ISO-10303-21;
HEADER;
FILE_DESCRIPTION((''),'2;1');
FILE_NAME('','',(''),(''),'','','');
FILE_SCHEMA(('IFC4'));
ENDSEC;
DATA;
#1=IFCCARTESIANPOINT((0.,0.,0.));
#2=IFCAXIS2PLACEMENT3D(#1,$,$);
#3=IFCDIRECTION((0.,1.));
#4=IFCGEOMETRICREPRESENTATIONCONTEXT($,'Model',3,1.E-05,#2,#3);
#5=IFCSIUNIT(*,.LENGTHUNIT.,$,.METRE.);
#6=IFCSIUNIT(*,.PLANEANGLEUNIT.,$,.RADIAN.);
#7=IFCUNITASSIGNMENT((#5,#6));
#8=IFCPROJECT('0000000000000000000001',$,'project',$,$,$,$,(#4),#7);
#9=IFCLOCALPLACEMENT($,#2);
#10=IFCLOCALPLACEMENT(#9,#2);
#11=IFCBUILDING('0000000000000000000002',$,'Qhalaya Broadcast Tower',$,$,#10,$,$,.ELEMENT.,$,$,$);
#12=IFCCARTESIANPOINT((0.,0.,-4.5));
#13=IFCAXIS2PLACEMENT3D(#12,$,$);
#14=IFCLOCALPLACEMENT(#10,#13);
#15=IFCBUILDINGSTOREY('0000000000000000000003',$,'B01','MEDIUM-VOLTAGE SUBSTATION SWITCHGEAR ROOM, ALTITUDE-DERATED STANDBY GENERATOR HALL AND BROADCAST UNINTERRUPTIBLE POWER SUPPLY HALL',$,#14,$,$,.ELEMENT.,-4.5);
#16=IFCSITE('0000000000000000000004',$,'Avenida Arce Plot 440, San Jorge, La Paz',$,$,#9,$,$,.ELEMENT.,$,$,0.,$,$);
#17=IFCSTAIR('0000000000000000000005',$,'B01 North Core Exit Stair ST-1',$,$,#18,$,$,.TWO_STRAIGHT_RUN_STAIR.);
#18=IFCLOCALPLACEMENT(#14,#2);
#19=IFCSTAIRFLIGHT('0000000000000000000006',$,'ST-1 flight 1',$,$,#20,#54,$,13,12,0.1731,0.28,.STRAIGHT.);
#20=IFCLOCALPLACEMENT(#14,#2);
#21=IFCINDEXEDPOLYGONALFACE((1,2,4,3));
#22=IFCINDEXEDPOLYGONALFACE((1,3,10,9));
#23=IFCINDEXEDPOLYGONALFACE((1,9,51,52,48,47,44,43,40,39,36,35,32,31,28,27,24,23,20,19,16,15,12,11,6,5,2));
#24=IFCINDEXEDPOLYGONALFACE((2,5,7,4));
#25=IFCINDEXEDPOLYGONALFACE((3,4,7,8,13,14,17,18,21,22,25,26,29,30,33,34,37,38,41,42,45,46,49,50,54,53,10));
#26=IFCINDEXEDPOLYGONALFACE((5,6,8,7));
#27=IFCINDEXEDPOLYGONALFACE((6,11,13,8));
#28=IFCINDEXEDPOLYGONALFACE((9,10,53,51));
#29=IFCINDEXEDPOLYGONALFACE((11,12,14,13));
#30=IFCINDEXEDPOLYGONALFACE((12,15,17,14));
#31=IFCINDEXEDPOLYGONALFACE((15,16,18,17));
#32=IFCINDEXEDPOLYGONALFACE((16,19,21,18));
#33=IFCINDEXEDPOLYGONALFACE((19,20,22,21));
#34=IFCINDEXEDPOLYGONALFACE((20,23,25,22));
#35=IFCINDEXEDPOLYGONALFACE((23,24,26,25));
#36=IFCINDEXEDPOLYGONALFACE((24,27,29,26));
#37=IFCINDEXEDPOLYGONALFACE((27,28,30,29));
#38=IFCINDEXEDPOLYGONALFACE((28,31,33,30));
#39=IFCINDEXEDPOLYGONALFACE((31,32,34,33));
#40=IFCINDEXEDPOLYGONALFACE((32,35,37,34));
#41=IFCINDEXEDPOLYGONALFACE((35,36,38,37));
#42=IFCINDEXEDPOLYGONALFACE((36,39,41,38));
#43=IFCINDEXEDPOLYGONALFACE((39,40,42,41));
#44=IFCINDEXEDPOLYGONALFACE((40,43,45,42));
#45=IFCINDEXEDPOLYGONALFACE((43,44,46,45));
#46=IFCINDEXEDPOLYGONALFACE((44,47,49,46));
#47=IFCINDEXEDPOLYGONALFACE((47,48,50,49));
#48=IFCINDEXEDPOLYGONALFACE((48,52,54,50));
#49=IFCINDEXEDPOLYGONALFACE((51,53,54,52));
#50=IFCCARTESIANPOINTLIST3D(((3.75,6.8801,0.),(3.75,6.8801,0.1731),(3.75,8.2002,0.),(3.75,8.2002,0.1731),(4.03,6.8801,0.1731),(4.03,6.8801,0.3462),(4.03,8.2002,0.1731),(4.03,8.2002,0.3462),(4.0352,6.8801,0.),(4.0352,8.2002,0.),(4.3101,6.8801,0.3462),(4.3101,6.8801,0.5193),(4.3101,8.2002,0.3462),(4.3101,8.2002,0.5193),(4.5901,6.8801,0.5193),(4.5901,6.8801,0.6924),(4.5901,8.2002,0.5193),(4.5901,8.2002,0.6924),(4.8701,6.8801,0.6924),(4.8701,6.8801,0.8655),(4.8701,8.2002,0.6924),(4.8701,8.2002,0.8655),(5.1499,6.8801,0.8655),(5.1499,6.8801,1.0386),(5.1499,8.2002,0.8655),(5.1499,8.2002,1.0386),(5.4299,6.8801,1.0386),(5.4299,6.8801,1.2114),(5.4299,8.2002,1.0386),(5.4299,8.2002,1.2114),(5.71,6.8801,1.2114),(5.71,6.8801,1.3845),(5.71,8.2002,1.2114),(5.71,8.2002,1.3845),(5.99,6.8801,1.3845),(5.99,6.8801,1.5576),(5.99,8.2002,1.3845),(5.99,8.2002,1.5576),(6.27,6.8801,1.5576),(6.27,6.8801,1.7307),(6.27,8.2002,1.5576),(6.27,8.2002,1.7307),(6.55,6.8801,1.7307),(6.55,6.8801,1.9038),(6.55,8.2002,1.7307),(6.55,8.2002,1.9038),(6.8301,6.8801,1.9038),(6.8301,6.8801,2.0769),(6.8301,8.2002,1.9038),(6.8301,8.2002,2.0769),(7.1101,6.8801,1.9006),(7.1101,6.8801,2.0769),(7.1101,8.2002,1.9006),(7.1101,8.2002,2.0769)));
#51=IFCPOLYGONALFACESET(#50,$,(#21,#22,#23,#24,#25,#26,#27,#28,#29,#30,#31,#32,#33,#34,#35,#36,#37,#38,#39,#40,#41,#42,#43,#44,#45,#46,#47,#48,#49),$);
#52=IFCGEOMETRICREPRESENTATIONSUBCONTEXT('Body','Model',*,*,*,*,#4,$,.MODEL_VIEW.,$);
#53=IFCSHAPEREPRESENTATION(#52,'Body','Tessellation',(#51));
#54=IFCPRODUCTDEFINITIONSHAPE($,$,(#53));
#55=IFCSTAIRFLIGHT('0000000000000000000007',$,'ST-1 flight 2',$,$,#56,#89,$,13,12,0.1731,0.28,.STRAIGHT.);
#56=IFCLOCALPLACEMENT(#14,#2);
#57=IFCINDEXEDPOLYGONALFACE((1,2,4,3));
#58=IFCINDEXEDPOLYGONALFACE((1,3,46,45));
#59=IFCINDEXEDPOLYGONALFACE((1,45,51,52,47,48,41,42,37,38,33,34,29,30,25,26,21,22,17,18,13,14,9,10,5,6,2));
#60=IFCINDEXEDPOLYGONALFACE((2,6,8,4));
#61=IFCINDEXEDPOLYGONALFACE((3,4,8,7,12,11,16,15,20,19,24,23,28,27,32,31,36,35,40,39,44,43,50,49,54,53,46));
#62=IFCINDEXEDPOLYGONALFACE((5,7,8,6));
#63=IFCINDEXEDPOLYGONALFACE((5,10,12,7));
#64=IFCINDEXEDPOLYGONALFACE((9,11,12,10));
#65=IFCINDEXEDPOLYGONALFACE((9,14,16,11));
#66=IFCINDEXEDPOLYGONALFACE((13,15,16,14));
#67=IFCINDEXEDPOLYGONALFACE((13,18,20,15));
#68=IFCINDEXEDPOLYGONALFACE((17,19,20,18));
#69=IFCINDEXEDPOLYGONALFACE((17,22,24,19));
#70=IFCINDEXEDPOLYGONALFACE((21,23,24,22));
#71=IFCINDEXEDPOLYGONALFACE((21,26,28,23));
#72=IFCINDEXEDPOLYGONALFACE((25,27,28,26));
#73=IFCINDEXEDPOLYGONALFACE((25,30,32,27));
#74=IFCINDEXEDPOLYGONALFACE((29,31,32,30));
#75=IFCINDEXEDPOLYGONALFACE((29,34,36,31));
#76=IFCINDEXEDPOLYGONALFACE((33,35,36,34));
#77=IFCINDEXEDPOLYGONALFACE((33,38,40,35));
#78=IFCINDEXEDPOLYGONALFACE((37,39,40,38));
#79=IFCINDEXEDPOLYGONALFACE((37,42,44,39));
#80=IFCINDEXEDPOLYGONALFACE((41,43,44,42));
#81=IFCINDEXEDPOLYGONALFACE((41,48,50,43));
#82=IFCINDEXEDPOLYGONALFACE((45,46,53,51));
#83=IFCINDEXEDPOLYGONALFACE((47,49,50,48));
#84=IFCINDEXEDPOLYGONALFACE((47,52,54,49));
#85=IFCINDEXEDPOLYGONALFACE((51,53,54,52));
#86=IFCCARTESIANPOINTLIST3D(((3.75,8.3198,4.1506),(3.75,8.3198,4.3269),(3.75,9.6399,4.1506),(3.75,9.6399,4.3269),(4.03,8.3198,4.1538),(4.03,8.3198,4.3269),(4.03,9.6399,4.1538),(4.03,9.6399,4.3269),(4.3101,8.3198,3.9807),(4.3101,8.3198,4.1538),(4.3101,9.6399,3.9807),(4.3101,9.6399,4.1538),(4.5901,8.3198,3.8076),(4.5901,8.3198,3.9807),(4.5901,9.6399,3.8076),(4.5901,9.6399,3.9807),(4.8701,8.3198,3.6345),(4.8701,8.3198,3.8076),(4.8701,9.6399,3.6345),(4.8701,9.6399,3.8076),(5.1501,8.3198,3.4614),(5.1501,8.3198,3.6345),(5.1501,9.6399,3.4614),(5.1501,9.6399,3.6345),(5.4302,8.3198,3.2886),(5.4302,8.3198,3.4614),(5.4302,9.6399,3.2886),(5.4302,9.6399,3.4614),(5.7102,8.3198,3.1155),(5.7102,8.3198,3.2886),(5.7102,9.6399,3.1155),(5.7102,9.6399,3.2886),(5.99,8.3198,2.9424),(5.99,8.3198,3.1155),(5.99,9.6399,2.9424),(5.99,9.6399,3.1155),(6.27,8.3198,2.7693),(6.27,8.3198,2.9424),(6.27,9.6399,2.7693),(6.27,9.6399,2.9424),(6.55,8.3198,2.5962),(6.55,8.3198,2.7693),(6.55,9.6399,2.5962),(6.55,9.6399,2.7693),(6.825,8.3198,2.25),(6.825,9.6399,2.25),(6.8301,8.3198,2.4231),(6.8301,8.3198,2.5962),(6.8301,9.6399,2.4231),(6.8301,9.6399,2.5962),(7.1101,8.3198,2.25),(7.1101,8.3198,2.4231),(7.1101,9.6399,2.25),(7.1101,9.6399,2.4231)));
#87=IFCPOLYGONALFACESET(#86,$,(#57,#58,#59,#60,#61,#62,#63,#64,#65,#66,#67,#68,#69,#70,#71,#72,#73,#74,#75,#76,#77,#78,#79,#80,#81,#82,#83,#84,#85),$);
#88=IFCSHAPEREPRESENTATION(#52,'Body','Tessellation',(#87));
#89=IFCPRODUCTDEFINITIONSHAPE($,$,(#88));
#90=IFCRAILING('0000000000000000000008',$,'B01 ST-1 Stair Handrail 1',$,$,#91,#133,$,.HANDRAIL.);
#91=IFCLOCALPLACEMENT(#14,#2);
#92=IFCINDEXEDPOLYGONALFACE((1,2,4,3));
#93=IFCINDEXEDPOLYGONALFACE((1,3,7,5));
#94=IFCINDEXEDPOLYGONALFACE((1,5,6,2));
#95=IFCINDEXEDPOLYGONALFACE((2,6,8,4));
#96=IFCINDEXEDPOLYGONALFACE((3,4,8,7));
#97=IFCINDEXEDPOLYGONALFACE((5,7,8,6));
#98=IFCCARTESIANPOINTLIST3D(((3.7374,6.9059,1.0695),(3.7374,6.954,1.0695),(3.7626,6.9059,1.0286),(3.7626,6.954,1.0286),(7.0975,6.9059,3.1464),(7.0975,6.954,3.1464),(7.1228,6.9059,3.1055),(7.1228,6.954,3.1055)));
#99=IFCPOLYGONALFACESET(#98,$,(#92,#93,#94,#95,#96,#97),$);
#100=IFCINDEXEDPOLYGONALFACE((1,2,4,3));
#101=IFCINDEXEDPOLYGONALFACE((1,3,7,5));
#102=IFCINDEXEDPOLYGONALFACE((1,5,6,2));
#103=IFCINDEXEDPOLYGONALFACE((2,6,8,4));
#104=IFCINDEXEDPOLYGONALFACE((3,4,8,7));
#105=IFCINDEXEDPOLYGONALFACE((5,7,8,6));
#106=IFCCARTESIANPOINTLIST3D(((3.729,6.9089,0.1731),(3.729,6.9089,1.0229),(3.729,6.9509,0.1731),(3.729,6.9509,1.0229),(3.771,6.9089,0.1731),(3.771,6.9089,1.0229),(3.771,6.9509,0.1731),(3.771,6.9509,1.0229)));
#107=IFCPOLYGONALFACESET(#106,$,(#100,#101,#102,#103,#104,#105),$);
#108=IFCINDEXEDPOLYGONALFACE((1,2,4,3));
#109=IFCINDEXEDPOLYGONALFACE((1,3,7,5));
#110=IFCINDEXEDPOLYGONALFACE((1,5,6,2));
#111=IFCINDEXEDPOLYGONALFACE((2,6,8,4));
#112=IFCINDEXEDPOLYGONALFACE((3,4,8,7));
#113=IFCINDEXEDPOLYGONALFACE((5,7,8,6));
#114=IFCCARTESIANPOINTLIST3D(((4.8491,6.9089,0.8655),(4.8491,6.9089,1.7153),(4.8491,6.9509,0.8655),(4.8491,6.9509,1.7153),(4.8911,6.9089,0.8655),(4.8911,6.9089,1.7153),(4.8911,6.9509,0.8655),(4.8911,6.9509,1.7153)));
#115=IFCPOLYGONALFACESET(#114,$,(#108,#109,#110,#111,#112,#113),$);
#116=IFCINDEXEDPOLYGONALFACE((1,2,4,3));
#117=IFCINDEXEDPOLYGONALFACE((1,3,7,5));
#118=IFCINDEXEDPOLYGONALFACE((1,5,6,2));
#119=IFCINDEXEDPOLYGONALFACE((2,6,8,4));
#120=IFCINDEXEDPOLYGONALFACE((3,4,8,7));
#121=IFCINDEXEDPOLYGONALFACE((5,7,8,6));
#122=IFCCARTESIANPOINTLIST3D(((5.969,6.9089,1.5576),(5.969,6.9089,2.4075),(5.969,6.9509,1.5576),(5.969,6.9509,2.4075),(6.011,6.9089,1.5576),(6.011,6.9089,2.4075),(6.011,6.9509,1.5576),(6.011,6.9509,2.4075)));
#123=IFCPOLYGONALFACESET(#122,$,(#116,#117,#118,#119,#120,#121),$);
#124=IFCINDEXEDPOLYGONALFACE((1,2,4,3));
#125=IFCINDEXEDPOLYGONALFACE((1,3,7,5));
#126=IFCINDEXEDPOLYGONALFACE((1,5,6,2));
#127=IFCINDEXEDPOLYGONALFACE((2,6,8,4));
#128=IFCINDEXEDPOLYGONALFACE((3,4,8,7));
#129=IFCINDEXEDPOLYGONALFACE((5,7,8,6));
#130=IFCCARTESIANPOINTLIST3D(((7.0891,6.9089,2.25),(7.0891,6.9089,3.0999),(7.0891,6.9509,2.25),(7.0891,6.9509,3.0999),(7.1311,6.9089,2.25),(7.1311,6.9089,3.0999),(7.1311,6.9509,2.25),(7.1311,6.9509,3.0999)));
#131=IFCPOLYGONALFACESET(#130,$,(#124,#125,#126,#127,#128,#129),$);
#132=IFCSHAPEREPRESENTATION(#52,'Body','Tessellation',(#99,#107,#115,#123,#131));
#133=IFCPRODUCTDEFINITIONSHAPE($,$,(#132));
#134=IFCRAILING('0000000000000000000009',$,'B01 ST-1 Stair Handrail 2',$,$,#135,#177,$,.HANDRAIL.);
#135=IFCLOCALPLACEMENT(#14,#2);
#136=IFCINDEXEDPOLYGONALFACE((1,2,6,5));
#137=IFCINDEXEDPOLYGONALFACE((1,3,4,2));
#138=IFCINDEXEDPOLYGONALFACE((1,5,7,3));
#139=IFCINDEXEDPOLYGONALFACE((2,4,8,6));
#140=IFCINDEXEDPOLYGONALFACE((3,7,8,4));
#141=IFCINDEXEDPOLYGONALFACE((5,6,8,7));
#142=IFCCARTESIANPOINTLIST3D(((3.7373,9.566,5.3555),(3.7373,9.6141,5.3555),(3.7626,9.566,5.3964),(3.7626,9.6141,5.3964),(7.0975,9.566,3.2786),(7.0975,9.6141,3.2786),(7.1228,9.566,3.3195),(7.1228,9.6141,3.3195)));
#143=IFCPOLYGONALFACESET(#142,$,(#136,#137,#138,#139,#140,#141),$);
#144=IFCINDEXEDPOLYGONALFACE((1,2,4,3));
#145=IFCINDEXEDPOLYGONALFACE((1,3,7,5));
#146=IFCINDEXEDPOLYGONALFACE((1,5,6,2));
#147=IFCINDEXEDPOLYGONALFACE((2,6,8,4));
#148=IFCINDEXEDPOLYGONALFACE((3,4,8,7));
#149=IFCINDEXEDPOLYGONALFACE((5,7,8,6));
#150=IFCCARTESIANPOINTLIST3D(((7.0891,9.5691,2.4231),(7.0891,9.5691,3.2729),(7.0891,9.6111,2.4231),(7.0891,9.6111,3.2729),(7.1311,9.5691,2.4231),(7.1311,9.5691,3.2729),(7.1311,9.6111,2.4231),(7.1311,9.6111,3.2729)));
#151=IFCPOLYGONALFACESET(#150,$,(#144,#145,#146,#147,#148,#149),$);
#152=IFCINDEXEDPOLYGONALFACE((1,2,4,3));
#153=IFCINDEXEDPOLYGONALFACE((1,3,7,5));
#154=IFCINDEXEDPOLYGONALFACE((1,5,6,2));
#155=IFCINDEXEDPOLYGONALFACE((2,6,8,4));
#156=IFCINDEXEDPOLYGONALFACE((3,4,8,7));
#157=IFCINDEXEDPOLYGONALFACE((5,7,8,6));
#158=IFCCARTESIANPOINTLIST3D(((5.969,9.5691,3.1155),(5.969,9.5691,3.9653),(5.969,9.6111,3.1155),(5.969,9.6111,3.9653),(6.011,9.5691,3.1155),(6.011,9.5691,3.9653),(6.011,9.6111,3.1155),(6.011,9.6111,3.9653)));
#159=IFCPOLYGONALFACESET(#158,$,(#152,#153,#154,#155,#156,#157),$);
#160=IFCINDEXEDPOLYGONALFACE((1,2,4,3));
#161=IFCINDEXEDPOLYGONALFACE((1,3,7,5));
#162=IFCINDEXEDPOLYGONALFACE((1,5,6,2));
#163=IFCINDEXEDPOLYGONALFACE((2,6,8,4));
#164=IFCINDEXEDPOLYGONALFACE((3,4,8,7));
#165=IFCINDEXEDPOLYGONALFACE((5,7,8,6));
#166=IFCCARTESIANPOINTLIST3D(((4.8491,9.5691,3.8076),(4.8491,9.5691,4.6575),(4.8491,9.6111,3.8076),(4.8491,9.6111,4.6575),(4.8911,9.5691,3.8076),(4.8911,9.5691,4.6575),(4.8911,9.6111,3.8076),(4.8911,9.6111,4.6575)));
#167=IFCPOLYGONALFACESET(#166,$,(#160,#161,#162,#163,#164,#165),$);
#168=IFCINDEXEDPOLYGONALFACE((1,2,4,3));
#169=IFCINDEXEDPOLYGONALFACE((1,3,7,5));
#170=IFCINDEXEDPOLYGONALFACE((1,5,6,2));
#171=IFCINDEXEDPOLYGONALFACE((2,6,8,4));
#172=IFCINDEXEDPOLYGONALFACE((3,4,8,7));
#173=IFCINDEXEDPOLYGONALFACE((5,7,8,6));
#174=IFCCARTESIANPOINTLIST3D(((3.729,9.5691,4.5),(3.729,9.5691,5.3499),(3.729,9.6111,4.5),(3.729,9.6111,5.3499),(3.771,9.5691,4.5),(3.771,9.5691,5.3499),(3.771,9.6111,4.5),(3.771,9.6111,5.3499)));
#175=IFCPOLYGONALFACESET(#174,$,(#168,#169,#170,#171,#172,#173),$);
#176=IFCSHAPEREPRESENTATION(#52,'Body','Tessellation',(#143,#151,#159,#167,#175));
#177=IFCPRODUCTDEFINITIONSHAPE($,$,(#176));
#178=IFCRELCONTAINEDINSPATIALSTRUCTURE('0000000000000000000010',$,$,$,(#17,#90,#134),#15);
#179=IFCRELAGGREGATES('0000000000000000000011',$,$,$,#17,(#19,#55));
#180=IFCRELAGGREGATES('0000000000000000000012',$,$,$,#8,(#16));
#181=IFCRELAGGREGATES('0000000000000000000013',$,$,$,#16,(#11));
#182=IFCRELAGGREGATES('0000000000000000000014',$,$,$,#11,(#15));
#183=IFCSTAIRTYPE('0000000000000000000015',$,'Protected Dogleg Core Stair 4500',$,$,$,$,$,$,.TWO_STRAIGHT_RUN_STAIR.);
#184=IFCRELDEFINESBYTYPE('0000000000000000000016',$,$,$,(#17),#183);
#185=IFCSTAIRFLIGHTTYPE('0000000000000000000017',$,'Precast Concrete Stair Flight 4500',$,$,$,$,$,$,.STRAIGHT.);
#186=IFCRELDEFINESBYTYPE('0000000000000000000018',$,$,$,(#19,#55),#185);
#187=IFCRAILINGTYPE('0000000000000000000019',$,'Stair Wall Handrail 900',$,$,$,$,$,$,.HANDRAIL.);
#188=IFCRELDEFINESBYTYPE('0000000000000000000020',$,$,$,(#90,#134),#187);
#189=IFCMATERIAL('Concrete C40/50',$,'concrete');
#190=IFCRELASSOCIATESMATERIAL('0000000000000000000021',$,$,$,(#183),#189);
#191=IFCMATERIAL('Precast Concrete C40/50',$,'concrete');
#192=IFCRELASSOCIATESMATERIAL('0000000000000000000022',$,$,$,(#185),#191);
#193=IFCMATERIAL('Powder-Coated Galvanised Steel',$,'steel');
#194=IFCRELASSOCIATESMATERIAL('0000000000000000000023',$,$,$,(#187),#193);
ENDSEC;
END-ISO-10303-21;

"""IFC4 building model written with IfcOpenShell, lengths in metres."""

from ifc_helpers import new_model, si_unit, direction, frame, origin, origin_2d, place, context, subcontext, project, spatial, polyline, rectangle, outline, extrude, material, type_object, element, aggregate, save


model = new_model("IFC4")

# Units and contexts
model_context = context("Model", 3, precision=1e-05, world=origin(), true_north=direction((0.0, 1.0)))
body_context = subcontext(model_context, "Body", "Model", "MODEL_VIEW")
ifc_project = project(units=[si_unit("LENGTHUNIT", "METRE"), si_unit("PLANEANGLEUNIT", "RADIAN")], contexts=[model_context])

# Site, building, storey
site_placement = place(None, origin())
site = spatial("IfcSite", under=ifc_project, at=site_placement, Name="Avenida Arce Plot 440, San Jorge, La Paz", CompositionType="ELEMENT", RefElevation=0.0)
building_placement = place(site_placement, origin())
building = spatial("IfcBuilding", under=site, at=building_placement, Name="Qhalaya Broadcast Tower", CompositionType="ELEMENT")
storey_placement = place(building_placement, frame((0.0, 0.0, -4.5)))
storey = spatial("IfcBuildingStorey", under=building, at=storey_placement, Name="B01", Description="MEDIUM-VOLTAGE SUBSTATION SWITCHGEAR ROOM, ALTITUDE-DERATED STANDBY GENERATOR HALL AND BROADCAST UNINTERRUPTIBLE POWER SUPPLY HALL", CompositionType="ELEMENT", Elevation=-4.5)

# Stair, stair flights
ifc_material_1 = material(Name="Concrete C40/50", Category="concrete")
stair_type = type_object("IfcStairType", Name="Protected Dogleg Core Stair 4500", PredefinedType="TWO_STRAIGHT_RUN_STAIR", material=ifc_material_1)
stair_placement = place(storey_placement, origin())
stair = element("IfcStair", 1, at=stair_placement, inside=storey, type_object=stair_type, Name="B01 North Core Exit Stair ST-1", PredefinedType="TWO_STRAIGHT_RUN_STAIR")
ifc_material_2 = material(Name="Precast Concrete C40/50", Category="concrete")
stair_flight_type = type_object("IfcStairFlightType", Name="Precast Concrete Stair Flight 4500", PredefinedType="STRAIGHT", material=ifc_material_2)
stair_flight_1_placement = place(storey_placement, frame((3.75, 7.54, 0.0), z_axis=(0.0, 0.0, 1.0), x_axis=(1.0, 0.0, 0.0)))
stair_flight_1 = element("IfcStairFlight", 2, at=stair_flight_1_placement, type_object=stair_flight_type, Name="ST-1 flight 1", NumberOfRisers=13, NumberOfTreads=12, PredefinedType="STRAIGHT", RiserHeight=0.1731, TreadLength=0.28, context=body_context, shape_type="SweptSolid", body=[
    extrude(outline(polyline([(0.0, 0.0), (0.0, 0.1731), (0.28, 0.1731), (0.28, 0.3462), (0.5601, 0.3462), (0.5601, 0.5193), (0.8401, 0.5193), (0.8401, 0.6924), (1.1201, 0.6924), (1.1201, 0.8655), (1.3999, 0.8655), (1.3999, 1.0386), (1.6799, 1.0386), (1.6799, 1.2114), (1.96, 1.2114), (1.96, 1.3845), (2.24, 1.3845), (2.24, 1.5576), (2.52, 1.5576), (2.52, 1.7307), (2.8, 1.7307), (2.8, 1.9038), (3.0801, 1.9038), (3.0801, 2.0769), (3.3601, 2.0769), (3.3601, 2.25), (3.3601, 1.9006), (0.2852, 0.0), (0.0, 0.0)])), frame((0.0, 0.6602, 0.0), z_axis=(0.0, -1.0, 0.0), x_axis=(1.0, 0.0, 0.0)), (0.0, 0.0, 1.0), 1.3201),
])
stair_flight_2_placement = place(storey_placement, frame((7.1101, 8.98, 2.25), z_axis=(0.0, 0.0, 1.0), x_axis=(-1.0, 0.0, 0.0)))
stair_flight_2 = element("IfcStairFlight", 3, at=stair_flight_2_placement, type_object=stair_flight_type, Name="ST-1 flight 2", NumberOfRisers=13, NumberOfTreads=12, PredefinedType="STRAIGHT", RiserHeight=0.1731, TreadLength=0.28, context=body_context, shape_type="SweptSolid", body=[
    extrude(outline(polyline([(0.0, 0.0), (0.0, 0.1731), (0.28, 0.1731), (0.28, 0.3462), (0.5601, 0.3462), (0.5601, 0.5193), (0.8401, 0.5193), (0.8401, 0.6924), (1.1201, 0.6924), (1.1201, 0.8655), (1.3999, 0.8655), (1.3999, 1.0386), (1.6799, 1.0386), (1.6799, 1.2114), (1.96, 1.2114), (1.96, 1.3845), (2.24, 1.3845), (2.24, 1.5576), (2.52, 1.5576), (2.52, 1.7307), (2.8, 1.7307), (2.8, 1.9038), (3.0801, 1.9038), (3.0801, 2.0769), (3.3601, 2.0769), (3.3601, 2.25), (3.3601, 1.9006), (0.2852, 0.0), (0.0, 0.0)])), frame((0.0, 0.6602, 0.0), z_axis=(0.0, -1.0, 0.0), x_axis=(1.0, 0.0, 0.0)), (0.0, 0.0, 1.0), 1.3201),
])
aggregate(stair, [stair_flight_1, stair_flight_2])

# Railings
ifc_material_3 = material(Name="Powder-Coated Galvanised Steel", Category="steel")
railing_type_1 = type_object("IfcRailingType", Name="Stair Wall Handrail 900", PredefinedType="HANDRAIL", material=ifc_material_3)
railing_1_placement = place(storey_placement, frame((3.75, 6.9299, 0.1731)))
element("IfcRailing", 4, at=railing_1_placement, inside=storey, type_object=railing_type_1, Name="B01 ST-1 Stair Handrail 1", PredefinedType="HANDRAIL", context=body_context, shape_type="SweptSolid", body=[
    extrude(rectangle(XDim=0.0481, YDim=0.0481, at=origin_2d()), frame((0.0, 0.0, 0.876), z_axis=(0.850623, 0.0, 0.525776), x_axis=(0.0, 1.0, 0.0)), (0.0, 0.0, 1.0), 3.9502),
    extrude(rectangle(XDim=0.042, YDim=0.042, at=origin_2d()), origin(), (0.0, 0.0, 1.0), 0.8499),
    extrude(rectangle(XDim=0.042, YDim=0.042, at=origin_2d()), frame((1.1201, 0.0, 0.6924)), (0.0, 0.0, 1.0), 0.8499),
    extrude(rectangle(XDim=0.042, YDim=0.042, at=origin_2d()), frame((2.24, 0.0, 1.3845)), (0.0, 0.0, 1.0), 0.8499),
    extrude(rectangle(XDim=0.042, YDim=0.042, at=origin_2d()), frame((3.3601, 0.0, 2.0769)), (0.0, 0.0, 1.0), 0.8499),
])
railing_2_placement = place(storey_placement, frame((7.1101, 9.5901, 2.4231)))
element("IfcRailing", 5, at=railing_2_placement, inside=storey, type_object=railing_type_1, Name="B01 ST-1 Stair Handrail 2", PredefinedType="HANDRAIL", context=body_context, shape_type="SweptSolid", body=[
    extrude(rectangle(XDim=0.0481, YDim=0.0481, at=origin_2d()), frame((0.0, 0.0, 0.876), z_axis=(-0.850623, 0.0, 0.525776), x_axis=(0.0, -1.0, 0.0)), (0.0, 0.0, 1.0), 3.9502),
    extrude(rectangle(XDim=0.042, YDim=0.042, at=origin_2d()), origin(), (0.0, 0.0, 1.0), 0.8499),
    extrude(rectangle(XDim=0.042, YDim=0.042, at=origin_2d()), frame((-1.1201, 0.0, 0.6924)), (0.0, 0.0, 1.0), 0.8499),
    extrude(rectangle(XDim=0.042, YDim=0.042, at=origin_2d()), frame((-2.24, 0.0, 1.3845)), (0.0, 0.0, 1.0), 0.8499),
    extrude(rectangle(XDim=0.042, YDim=0.042, at=origin_2d()), frame((-3.3601, 0.0, 2.0769)), (0.0, 0.0, 1.0), 0.8499),
])

save(model, "model.ifc")
